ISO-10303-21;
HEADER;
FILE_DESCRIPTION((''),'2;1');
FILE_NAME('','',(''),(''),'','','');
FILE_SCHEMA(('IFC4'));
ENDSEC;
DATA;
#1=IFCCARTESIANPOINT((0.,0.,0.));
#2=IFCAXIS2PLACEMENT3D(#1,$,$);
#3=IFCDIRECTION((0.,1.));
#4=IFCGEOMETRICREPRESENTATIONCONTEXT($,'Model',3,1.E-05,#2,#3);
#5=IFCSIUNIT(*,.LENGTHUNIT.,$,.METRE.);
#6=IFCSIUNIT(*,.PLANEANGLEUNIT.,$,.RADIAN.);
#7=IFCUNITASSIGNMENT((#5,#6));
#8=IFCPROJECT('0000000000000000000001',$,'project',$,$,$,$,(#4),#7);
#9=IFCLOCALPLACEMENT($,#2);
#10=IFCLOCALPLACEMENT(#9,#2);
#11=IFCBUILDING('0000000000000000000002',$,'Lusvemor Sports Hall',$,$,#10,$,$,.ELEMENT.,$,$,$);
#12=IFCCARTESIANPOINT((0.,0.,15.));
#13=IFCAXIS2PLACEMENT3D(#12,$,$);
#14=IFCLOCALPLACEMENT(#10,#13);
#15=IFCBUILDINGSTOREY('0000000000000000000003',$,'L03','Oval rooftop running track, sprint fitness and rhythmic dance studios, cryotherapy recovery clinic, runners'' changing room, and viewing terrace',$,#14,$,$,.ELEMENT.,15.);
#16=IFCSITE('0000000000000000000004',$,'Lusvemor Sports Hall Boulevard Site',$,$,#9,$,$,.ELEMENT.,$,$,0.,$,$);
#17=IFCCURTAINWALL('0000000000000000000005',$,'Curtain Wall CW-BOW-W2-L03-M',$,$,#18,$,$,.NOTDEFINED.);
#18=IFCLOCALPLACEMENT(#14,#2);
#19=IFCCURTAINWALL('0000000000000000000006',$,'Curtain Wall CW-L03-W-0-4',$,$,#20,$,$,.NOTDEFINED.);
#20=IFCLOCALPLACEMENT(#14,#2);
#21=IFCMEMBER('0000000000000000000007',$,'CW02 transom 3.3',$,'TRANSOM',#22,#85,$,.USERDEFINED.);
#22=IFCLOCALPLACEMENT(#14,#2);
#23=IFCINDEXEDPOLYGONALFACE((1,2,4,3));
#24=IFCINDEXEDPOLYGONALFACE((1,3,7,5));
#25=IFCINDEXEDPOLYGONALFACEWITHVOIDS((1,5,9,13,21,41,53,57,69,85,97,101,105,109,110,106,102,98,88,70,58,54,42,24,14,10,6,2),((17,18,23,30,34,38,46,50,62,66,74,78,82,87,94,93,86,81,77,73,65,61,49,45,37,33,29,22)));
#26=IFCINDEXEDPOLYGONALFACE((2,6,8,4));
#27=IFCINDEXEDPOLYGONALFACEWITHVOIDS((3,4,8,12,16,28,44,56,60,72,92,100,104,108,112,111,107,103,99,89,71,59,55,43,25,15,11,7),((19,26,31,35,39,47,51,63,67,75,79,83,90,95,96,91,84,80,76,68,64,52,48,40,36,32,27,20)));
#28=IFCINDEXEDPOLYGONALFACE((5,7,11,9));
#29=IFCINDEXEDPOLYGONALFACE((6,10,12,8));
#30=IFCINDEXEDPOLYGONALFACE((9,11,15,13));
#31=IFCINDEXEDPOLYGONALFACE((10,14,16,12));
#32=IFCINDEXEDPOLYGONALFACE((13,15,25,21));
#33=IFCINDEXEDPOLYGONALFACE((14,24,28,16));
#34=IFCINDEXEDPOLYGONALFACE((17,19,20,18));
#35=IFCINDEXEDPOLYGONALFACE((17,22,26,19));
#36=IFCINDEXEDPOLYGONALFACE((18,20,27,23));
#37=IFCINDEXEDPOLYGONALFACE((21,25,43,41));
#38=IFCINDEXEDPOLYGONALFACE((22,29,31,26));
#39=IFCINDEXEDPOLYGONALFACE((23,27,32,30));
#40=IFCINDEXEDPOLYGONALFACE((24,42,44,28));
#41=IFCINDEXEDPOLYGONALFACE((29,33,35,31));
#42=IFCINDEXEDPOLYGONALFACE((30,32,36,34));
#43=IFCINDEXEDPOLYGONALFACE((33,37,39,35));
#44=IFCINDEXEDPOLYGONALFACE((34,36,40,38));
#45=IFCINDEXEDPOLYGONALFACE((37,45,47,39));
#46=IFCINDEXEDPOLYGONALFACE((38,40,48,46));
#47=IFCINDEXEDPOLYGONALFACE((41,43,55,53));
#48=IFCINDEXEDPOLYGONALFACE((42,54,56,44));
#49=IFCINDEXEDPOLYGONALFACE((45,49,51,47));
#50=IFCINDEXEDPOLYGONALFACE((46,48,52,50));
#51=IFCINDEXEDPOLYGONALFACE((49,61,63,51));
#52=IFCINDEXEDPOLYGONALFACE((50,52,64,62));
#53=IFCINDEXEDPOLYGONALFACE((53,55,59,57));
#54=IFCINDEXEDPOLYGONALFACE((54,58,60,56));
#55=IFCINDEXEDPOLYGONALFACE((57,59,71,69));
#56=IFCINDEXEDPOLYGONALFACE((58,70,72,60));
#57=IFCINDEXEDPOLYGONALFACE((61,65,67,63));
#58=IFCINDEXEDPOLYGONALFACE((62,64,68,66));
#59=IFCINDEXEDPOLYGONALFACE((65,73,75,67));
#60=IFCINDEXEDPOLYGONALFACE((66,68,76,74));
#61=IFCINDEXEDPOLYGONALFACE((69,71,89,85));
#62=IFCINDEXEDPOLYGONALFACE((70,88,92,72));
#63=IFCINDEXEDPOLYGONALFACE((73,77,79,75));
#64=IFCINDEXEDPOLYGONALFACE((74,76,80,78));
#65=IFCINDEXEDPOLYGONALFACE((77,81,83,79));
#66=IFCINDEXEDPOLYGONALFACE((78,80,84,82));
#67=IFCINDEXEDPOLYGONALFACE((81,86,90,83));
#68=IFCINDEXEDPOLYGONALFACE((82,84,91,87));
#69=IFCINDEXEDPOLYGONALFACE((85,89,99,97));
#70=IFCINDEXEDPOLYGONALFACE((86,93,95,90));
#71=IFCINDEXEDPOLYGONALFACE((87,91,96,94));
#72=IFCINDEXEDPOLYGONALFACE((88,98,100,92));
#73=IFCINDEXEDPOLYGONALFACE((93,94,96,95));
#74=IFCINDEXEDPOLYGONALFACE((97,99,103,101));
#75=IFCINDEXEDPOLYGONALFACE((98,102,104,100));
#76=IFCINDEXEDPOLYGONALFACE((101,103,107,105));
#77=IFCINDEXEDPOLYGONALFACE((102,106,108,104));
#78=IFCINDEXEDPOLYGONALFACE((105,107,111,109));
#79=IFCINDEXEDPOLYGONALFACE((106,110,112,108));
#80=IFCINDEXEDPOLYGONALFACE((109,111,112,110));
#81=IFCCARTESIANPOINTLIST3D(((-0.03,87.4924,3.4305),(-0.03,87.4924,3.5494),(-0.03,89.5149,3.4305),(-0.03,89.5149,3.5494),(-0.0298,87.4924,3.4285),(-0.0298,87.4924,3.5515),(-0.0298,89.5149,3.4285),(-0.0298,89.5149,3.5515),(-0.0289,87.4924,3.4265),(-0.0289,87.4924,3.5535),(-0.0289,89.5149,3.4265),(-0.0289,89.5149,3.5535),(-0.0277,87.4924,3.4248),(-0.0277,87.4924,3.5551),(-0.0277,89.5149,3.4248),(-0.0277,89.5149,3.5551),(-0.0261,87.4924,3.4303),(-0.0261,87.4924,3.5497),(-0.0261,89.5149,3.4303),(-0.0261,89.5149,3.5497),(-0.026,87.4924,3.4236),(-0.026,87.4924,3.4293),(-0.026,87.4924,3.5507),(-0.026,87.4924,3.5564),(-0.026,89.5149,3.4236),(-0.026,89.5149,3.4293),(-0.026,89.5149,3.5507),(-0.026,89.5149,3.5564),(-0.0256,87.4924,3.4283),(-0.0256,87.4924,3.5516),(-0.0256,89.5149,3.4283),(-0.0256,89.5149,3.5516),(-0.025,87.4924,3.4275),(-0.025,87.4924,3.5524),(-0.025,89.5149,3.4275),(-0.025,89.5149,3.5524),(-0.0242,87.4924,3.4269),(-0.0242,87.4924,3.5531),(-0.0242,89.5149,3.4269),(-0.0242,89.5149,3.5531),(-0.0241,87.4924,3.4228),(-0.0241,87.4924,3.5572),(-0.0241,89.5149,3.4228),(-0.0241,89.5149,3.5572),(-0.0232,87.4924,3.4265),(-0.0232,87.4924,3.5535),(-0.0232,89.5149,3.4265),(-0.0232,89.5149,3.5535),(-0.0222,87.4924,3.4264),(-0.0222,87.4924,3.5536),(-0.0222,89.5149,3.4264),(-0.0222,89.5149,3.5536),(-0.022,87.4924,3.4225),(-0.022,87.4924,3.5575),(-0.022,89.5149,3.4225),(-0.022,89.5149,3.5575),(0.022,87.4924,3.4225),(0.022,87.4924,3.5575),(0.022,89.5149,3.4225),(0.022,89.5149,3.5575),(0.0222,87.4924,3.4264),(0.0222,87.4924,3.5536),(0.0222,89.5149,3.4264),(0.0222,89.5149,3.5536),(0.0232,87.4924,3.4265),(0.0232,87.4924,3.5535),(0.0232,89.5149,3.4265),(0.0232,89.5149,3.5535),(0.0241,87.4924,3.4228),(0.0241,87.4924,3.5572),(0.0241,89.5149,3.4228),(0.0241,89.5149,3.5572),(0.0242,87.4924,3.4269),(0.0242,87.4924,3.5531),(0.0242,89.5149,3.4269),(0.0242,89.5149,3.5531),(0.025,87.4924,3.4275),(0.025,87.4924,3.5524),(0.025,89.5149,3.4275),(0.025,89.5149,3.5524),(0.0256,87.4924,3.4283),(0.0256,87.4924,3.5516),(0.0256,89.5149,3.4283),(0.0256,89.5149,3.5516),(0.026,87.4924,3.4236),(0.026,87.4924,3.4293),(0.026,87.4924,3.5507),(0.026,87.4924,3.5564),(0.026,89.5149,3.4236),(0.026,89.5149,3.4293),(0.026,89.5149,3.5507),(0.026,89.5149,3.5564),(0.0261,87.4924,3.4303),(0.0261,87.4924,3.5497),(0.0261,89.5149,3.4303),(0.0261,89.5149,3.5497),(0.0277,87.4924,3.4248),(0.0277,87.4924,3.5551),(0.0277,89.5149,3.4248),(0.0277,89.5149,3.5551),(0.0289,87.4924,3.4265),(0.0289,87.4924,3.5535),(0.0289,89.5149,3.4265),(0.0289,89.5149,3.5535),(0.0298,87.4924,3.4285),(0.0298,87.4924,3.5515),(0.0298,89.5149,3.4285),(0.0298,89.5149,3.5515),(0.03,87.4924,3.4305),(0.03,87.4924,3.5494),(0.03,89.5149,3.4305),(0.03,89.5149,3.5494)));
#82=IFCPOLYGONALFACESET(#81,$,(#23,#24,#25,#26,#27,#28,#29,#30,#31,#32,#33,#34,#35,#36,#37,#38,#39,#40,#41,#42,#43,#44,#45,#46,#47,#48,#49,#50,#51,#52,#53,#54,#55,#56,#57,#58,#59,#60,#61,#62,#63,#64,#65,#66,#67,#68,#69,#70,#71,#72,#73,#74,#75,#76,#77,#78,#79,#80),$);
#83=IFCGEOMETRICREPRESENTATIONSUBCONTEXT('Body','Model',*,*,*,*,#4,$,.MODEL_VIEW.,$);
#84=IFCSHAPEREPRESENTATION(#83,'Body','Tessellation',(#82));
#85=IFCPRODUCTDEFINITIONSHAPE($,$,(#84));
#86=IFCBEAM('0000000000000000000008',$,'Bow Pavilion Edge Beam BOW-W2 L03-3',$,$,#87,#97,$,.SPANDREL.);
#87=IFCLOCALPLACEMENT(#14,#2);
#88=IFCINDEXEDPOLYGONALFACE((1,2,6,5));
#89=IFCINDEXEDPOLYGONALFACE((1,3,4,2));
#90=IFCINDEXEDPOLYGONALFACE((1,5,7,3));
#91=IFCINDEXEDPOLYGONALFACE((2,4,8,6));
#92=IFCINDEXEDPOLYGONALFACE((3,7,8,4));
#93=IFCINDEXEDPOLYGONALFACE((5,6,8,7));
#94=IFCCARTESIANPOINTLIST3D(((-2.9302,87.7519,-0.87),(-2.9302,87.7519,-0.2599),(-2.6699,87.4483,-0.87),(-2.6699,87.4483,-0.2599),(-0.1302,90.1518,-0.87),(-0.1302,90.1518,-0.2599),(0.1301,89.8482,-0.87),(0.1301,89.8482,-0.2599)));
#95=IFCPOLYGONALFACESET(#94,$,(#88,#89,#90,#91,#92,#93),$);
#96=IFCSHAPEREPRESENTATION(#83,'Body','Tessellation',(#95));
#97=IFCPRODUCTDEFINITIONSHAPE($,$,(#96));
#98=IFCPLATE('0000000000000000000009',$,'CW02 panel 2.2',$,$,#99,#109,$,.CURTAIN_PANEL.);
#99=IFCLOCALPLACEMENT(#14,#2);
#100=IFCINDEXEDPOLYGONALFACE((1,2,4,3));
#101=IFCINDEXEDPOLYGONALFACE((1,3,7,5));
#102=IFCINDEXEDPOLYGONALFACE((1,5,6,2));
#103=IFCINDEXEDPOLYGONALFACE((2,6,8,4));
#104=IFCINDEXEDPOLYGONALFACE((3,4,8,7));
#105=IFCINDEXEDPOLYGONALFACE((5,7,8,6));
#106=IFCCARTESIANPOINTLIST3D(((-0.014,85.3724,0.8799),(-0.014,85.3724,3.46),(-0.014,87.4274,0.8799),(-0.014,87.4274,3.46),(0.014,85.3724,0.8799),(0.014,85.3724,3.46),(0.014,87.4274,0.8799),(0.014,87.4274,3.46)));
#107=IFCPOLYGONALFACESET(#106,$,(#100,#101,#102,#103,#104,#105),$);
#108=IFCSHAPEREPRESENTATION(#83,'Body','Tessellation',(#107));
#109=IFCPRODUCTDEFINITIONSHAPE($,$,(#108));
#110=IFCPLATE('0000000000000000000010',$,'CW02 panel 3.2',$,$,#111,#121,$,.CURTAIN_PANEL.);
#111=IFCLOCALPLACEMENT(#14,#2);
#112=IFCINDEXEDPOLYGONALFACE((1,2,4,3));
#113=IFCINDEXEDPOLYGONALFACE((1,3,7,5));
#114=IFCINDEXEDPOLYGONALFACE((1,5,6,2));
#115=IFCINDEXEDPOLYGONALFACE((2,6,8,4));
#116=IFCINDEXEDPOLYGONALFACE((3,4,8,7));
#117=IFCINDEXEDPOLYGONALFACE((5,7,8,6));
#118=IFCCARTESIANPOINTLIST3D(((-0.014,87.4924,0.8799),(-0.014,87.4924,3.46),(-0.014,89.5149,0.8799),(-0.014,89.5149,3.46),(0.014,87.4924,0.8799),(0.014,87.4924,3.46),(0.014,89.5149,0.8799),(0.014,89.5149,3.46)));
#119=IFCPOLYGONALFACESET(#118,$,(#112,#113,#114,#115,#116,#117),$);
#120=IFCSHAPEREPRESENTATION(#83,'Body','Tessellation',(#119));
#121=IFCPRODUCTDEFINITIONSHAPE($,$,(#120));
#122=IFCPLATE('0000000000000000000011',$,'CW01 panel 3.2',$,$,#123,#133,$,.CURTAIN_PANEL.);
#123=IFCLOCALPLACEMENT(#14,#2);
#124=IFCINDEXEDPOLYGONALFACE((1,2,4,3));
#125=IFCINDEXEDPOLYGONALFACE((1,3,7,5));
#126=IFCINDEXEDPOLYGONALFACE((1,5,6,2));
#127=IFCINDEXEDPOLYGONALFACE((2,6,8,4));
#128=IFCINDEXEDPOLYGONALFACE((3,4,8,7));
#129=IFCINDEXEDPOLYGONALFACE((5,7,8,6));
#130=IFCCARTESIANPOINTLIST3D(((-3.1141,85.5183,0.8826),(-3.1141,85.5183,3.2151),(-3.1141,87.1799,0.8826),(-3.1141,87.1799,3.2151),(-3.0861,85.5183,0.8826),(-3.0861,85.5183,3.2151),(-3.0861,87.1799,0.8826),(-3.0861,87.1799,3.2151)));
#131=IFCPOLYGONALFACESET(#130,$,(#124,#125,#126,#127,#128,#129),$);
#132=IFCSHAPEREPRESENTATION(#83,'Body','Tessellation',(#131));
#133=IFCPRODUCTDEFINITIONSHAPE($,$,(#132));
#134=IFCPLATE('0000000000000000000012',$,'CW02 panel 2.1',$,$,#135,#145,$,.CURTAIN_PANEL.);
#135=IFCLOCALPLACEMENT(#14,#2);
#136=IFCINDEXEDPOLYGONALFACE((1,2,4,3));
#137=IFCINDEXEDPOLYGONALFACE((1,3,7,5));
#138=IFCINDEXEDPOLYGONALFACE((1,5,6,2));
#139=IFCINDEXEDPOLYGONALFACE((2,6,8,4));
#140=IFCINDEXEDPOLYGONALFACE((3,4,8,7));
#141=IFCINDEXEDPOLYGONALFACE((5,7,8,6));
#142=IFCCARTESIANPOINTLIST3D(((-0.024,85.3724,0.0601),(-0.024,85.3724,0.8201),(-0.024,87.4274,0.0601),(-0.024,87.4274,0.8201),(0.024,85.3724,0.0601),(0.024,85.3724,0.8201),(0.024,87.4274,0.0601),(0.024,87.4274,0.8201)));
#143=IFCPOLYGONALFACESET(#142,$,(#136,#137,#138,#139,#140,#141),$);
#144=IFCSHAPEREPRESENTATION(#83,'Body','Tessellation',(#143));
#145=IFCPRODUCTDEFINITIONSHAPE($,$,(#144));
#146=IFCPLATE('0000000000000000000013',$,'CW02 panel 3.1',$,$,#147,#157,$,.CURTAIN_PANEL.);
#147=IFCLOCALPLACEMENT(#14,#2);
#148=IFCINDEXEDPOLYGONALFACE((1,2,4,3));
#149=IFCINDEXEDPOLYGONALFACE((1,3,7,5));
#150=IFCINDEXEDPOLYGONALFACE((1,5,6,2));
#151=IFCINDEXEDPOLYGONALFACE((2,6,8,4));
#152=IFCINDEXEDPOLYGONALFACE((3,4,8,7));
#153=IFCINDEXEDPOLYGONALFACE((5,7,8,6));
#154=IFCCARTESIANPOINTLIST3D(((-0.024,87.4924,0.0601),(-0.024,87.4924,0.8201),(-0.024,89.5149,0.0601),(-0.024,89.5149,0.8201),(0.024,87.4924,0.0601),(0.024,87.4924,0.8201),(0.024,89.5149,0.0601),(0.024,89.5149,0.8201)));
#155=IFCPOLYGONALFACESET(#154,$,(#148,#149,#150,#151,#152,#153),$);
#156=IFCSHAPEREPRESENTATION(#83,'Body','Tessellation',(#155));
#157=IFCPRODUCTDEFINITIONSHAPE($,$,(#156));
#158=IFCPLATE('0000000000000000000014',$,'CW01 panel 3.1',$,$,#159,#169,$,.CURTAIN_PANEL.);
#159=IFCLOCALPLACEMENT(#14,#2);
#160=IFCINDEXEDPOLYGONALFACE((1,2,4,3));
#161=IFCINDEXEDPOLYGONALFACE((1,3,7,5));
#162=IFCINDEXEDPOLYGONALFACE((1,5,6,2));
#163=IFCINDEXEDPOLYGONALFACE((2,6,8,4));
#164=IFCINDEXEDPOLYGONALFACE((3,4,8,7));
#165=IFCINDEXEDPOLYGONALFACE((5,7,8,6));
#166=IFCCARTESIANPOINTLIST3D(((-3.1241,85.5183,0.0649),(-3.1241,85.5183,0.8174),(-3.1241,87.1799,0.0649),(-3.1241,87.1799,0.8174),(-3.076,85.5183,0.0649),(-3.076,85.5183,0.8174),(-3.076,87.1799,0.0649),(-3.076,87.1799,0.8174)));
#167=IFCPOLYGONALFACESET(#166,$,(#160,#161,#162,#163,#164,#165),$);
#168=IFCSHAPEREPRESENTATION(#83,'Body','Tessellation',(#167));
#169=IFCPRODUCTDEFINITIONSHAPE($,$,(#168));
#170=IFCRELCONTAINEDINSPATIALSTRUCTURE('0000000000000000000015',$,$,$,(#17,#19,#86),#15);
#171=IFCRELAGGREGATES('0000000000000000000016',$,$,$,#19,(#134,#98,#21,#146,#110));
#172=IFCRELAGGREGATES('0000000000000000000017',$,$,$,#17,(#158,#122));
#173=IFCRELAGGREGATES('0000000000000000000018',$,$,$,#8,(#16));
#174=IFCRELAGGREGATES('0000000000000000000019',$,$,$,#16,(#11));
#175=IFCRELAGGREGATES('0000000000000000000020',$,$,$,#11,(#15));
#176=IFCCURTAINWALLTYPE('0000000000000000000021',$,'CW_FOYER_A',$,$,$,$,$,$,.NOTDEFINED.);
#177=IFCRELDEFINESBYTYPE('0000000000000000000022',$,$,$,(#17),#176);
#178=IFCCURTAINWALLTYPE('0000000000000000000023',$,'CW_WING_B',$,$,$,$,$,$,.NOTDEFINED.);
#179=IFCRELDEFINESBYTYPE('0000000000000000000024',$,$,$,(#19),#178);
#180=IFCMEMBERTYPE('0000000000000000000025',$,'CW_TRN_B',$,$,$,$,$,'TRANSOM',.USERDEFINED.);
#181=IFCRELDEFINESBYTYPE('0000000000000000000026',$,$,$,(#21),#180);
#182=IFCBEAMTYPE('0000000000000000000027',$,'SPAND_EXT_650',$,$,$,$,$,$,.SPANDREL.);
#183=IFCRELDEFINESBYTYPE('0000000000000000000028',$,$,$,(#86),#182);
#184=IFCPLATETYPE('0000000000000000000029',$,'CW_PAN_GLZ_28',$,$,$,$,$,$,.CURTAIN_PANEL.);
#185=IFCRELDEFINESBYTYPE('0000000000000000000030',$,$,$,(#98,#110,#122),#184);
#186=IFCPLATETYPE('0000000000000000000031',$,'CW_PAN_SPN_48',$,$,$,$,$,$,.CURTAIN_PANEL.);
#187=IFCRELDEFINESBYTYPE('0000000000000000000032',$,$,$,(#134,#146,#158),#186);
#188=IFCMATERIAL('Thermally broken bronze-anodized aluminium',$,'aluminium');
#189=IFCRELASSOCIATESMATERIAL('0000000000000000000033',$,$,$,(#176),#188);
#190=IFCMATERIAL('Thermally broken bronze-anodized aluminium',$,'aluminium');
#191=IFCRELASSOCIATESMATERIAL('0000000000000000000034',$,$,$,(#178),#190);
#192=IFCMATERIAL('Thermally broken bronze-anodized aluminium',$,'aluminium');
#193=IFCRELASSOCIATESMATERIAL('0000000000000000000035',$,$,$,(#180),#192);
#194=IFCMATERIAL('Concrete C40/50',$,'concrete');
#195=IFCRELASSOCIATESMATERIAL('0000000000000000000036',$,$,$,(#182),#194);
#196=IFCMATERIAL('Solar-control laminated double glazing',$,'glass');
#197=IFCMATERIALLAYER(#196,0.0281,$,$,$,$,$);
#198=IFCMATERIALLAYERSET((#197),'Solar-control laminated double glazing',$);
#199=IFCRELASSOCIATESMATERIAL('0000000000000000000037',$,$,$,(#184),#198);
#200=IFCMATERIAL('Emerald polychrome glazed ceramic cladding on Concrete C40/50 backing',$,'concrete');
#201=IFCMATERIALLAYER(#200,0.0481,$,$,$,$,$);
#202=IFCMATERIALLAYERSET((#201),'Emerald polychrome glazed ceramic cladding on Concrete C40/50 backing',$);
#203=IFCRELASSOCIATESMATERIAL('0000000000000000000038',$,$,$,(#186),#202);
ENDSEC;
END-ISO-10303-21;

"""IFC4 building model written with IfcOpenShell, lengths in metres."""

from ifc_helpers import new_model, si_unit, direction, frame, origin, origin_2d, place, context, subcontext, project, spatial, rectangle, hollow_rectangle, extrude, material, layer, layer_set, material_profile, profile_set, type_object, element, aggregate, save


model = new_model("IFC4")

# Units and contexts
model_context = context("Model", 3, precision=1e-05, world=origin(), true_north=direction((0.0, 1.0)))
body_context = subcontext(model_context, "Body", "Model", "MODEL_VIEW")
ifc_project = project(units=[si_unit("LENGTHUNIT", "METRE"), si_unit("PLANEANGLEUNIT", "RADIAN")], contexts=[model_context])

# Site, building, storey
site_placement = place(None, origin())
site = spatial("IfcSite", under=ifc_project, at=site_placement, Name="Lusvemor Sports Hall Boulevard Site", CompositionType="ELEMENT", RefElevation=0.0)
building_placement = place(site_placement, origin())
building = spatial("IfcBuilding", under=site, at=building_placement, Name="Lusvemor Sports Hall", CompositionType="ELEMENT")
storey_placement = place(building_placement, frame((0.0, 0.0, 15.0)))
storey = spatial("IfcBuildingStorey", under=building, at=storey_placement, Name="L03", Description="Oval rooftop running track, sprint fitness and rhythmic dance studios, cryotherapy recovery clinic, runners' changing room, and viewing terrace", CompositionType="ELEMENT", Elevation=15.0)

# Curtain walls
ifc_material_1 = material(Name="Thermally broken bronze-anodized aluminium", Category="aluminium")
curtain_wall_type_1 = type_object("IfcCurtainWallType", Name="CW_FOYER_A", PredefinedType="NOTDEFINED", material=ifc_material_1)
curtain_wall_1_placement = place(storey_placement, origin())
curtain_wall_1 = element("IfcCurtainWall", 1, at=curtain_wall_1_placement, inside=storey, type_object=curtain_wall_type_1, Name="Curtain Wall CW-BOW-W2-L03-M", PredefinedType="NOTDEFINED")
ifc_material_2 = material(Name="Thermally broken bronze-anodized aluminium", Category="aluminium")
curtain_wall_type_2 = type_object("IfcCurtainWallType", Name="CW_WING_B", PredefinedType="NOTDEFINED", material=ifc_material_2)
curtain_wall_2_placement = place(storey_placement, origin())
curtain_wall_2 = element("IfcCurtainWall", 2, at=curtain_wall_2_placement, inside=storey, type_object=curtain_wall_type_2, Name="Curtain Wall CW-L03-W-0-4", PredefinedType="NOTDEFINED")

# Member
ifc_material_3 = material(Name="Thermally broken bronze-anodized aluminium", Category="aluminium")
ifc_material_profile_1 = material_profile(ifc_material_3, hollow_rectangle(XDim=0.0601, YDim=0.135, WallThickness=0.0039, InnerFilletRadius=0.0039, OuterFilletRadius=0.0081, at=origin_2d()), Name="CWTRN135x60x4")
ifc_profile_set_1 = profile_set([ifc_material_profile_1], Name="Thermally broken bronze-anodized aluminium")
member_type_1 = type_object("IfcMemberType", Name="CW_TRN_B", ElementType="TRANSOM", PredefinedType="USERDEFINED", material=ifc_profile_set_1)
member_1_placement = place(storey_placement, frame((0.0, 87.4924, 3.49), z_axis=(0.0, 1.0, 0.0), x_axis=(-1.0, 0.0, 0.0)))
member_1 = element("IfcMember", 3, at=member_1_placement, type_object=member_type_1, Name="CW02 transom 3.3", ObjectType="TRANSOM", PredefinedType="USERDEFINED", context=body_context, shape_type="SweptSolid", body=[
    extrude(hollow_rectangle(XDim=0.0601, YDim=0.135, WallThickness=0.0039, InnerFilletRadius=0.0039, OuterFilletRadius=0.0081, at=origin_2d()), origin(), (0.0, 0.0, 1.0), 2.0225),
])

# Beam
ifc_material_4 = material(Name="Concrete C40/50", Category="concrete")
ifc_material_profile_2 = material_profile(ifc_material_4, rectangle(XDim=0.3999, YDim=0.6101, at=origin_2d()), Name="RC400x610")
ifc_profile_set_2 = profile_set([ifc_material_profile_2], Name="Concrete C40/50")
beam_type = type_object("IfcBeamType", Name="SPAND_EXT_650", PredefinedType="SPANDREL", material=ifc_profile_set_2)
beam_placement = place(storey_placement, frame((-2.8, 87.6001, -0.5649), z_axis=(0.759275, 0.65077, 0.0), x_axis=(-0.65077, 0.759275, 0.0)))
element("IfcBeam", 4, at=beam_placement, inside=storey, type_object=beam_type, Name="Bow Pavilion Edge Beam BOW-W2 L03-3", PredefinedType="SPANDREL", context=body_context, shape_type="SweptSolid", body=[
    extrude(rectangle(XDim=0.3999, YDim=0.6101, at=origin_2d()), origin(), (0.0, 0.0, 1.0), 3.6877),
])

# Plates
ifc_material_5 = material(Name="Solar-control laminated double glazing", Category="glass")
ifc_layer_1 = layer(ifc_material_5, 0.0281)
ifc_layer_set_1 = layer_set([ifc_layer_1], Name="Solar-control laminated double glazing")
plate_type_1 = type_object("IfcPlateType", Name="CW_PAN_GLZ_28", PredefinedType="CURTAIN_PANEL", material=ifc_layer_set_1)
plate_1_placement = place(storey_placement, frame((0.0, 86.3999, 0.8799), z_axis=(0.0, 0.0, 1.0), x_axis=(0.0, 1.0, 0.0)))
plate_1 = element("IfcPlate", 5, at=plate_1_placement, type_object=plate_type_1, Name="CW02 panel 2.2", PredefinedType="CURTAIN_PANEL", context=body_context, shape_type="SweptSolid", body=[
    extrude(rectangle(XDim=2.0549, YDim=0.0281, at=origin_2d()), origin(), (0.0, 0.0, 1.0), 2.5801),
])
plate_2_placement = place(storey_placement, frame((0.0, 88.5037, 0.8799), z_axis=(0.0, 0.0, 1.0), x_axis=(0.0, 1.0, 0.0)))
plate_2 = element("IfcPlate", 6, at=plate_2_placement, type_object=plate_type_1, Name="CW02 panel 3.2", PredefinedType="CURTAIN_PANEL", context=body_context, shape_type="SweptSolid", body=[
    extrude(rectangle(XDim=2.0225, YDim=0.0281, at=origin_2d()), origin(), (0.0, 0.0, 1.0), 2.5801),
])
plate_3_placement = place(storey_placement, frame((-3.1001, 86.3491, 0.8826), z_axis=(0.0, 0.0, 1.0), x_axis=(0.0, 1.0, 0.0)))
plate_3 = element("IfcPlate", 7, at=plate_3_placement, type_object=plate_type_1, Name="CW01 panel 3.2", PredefinedType="CURTAIN_PANEL", context=body_context, shape_type="SweptSolid", body=[
    extrude(rectangle(XDim=1.6616, YDim=0.0281, at=origin_2d()), origin(), (0.0, 0.0, 1.0), 2.3325),
])
ifc_material_6 = material(Name="Emerald polychrome glazed ceramic cladding on Concrete C40/50 backing", Category="concrete")
ifc_layer_2 = layer(ifc_material_6, 0.0481)
ifc_layer_set_2 = layer_set([ifc_layer_2], Name="Emerald polychrome glazed ceramic cladding on Concrete C40/50 backing")
plate_type_2 = type_object("IfcPlateType", Name="CW_PAN_SPN_48", PredefinedType="CURTAIN_PANEL", material=ifc_layer_set_2)
plate_4_placement = place(storey_placement, frame((0.0, 86.3999, 0.0601), z_axis=(0.0, 0.0, 1.0), x_axis=(0.0, 1.0, 0.0)))
plate_4 = element("IfcPlate", 8, at=plate_4_placement, type_object=plate_type_2, Name="CW02 panel 2.1", PredefinedType="CURTAIN_PANEL", context=body_context, shape_type="SweptSolid", body=[
    extrude(rectangle(XDim=2.0549, YDim=0.0481, at=origin_2d()), origin(), (0.0, 0.0, 1.0), 0.76),
])
plate_5_placement = place(storey_placement, frame((0.0, 88.5037, 0.0601), z_axis=(0.0, 0.0, 1.0), x_axis=(0.0, 1.0, 0.0)))
plate_5 = element("IfcPlate", 9, at=plate_5_placement, type_object=plate_type_2, Name="CW02 panel 3.1", PredefinedType="CURTAIN_PANEL", context=body_context, shape_type="SweptSolid", body=[
    extrude(rectangle(XDim=2.0225, YDim=0.0481, at=origin_2d()), origin(), (0.0, 0.0, 1.0), 0.76),
])
aggregate(curtain_wall_2, [plate_4, plate_1, member_1, plate_5, plate_2])
plate_6_placement = place(storey_placement, frame((-3.1001, 86.3491, 0.0649), z_axis=(0.0, 0.0, 1.0), x_axis=(0.0, 1.0, 0.0)))
plate_6 = element("IfcPlate", 10, at=plate_6_placement, type_object=plate_type_2, Name="CW01 panel 3.1", PredefinedType="CURTAIN_PANEL", context=body_context, shape_type="SweptSolid", body=[
    extrude(rectangle(XDim=1.6616, YDim=0.0481, at=origin_2d()), origin(), (0.0, 0.0, 1.0), 0.7524),
])
aggregate(curtain_wall_1, [plate_6, plate_3])

save(model, "model.ifc")
